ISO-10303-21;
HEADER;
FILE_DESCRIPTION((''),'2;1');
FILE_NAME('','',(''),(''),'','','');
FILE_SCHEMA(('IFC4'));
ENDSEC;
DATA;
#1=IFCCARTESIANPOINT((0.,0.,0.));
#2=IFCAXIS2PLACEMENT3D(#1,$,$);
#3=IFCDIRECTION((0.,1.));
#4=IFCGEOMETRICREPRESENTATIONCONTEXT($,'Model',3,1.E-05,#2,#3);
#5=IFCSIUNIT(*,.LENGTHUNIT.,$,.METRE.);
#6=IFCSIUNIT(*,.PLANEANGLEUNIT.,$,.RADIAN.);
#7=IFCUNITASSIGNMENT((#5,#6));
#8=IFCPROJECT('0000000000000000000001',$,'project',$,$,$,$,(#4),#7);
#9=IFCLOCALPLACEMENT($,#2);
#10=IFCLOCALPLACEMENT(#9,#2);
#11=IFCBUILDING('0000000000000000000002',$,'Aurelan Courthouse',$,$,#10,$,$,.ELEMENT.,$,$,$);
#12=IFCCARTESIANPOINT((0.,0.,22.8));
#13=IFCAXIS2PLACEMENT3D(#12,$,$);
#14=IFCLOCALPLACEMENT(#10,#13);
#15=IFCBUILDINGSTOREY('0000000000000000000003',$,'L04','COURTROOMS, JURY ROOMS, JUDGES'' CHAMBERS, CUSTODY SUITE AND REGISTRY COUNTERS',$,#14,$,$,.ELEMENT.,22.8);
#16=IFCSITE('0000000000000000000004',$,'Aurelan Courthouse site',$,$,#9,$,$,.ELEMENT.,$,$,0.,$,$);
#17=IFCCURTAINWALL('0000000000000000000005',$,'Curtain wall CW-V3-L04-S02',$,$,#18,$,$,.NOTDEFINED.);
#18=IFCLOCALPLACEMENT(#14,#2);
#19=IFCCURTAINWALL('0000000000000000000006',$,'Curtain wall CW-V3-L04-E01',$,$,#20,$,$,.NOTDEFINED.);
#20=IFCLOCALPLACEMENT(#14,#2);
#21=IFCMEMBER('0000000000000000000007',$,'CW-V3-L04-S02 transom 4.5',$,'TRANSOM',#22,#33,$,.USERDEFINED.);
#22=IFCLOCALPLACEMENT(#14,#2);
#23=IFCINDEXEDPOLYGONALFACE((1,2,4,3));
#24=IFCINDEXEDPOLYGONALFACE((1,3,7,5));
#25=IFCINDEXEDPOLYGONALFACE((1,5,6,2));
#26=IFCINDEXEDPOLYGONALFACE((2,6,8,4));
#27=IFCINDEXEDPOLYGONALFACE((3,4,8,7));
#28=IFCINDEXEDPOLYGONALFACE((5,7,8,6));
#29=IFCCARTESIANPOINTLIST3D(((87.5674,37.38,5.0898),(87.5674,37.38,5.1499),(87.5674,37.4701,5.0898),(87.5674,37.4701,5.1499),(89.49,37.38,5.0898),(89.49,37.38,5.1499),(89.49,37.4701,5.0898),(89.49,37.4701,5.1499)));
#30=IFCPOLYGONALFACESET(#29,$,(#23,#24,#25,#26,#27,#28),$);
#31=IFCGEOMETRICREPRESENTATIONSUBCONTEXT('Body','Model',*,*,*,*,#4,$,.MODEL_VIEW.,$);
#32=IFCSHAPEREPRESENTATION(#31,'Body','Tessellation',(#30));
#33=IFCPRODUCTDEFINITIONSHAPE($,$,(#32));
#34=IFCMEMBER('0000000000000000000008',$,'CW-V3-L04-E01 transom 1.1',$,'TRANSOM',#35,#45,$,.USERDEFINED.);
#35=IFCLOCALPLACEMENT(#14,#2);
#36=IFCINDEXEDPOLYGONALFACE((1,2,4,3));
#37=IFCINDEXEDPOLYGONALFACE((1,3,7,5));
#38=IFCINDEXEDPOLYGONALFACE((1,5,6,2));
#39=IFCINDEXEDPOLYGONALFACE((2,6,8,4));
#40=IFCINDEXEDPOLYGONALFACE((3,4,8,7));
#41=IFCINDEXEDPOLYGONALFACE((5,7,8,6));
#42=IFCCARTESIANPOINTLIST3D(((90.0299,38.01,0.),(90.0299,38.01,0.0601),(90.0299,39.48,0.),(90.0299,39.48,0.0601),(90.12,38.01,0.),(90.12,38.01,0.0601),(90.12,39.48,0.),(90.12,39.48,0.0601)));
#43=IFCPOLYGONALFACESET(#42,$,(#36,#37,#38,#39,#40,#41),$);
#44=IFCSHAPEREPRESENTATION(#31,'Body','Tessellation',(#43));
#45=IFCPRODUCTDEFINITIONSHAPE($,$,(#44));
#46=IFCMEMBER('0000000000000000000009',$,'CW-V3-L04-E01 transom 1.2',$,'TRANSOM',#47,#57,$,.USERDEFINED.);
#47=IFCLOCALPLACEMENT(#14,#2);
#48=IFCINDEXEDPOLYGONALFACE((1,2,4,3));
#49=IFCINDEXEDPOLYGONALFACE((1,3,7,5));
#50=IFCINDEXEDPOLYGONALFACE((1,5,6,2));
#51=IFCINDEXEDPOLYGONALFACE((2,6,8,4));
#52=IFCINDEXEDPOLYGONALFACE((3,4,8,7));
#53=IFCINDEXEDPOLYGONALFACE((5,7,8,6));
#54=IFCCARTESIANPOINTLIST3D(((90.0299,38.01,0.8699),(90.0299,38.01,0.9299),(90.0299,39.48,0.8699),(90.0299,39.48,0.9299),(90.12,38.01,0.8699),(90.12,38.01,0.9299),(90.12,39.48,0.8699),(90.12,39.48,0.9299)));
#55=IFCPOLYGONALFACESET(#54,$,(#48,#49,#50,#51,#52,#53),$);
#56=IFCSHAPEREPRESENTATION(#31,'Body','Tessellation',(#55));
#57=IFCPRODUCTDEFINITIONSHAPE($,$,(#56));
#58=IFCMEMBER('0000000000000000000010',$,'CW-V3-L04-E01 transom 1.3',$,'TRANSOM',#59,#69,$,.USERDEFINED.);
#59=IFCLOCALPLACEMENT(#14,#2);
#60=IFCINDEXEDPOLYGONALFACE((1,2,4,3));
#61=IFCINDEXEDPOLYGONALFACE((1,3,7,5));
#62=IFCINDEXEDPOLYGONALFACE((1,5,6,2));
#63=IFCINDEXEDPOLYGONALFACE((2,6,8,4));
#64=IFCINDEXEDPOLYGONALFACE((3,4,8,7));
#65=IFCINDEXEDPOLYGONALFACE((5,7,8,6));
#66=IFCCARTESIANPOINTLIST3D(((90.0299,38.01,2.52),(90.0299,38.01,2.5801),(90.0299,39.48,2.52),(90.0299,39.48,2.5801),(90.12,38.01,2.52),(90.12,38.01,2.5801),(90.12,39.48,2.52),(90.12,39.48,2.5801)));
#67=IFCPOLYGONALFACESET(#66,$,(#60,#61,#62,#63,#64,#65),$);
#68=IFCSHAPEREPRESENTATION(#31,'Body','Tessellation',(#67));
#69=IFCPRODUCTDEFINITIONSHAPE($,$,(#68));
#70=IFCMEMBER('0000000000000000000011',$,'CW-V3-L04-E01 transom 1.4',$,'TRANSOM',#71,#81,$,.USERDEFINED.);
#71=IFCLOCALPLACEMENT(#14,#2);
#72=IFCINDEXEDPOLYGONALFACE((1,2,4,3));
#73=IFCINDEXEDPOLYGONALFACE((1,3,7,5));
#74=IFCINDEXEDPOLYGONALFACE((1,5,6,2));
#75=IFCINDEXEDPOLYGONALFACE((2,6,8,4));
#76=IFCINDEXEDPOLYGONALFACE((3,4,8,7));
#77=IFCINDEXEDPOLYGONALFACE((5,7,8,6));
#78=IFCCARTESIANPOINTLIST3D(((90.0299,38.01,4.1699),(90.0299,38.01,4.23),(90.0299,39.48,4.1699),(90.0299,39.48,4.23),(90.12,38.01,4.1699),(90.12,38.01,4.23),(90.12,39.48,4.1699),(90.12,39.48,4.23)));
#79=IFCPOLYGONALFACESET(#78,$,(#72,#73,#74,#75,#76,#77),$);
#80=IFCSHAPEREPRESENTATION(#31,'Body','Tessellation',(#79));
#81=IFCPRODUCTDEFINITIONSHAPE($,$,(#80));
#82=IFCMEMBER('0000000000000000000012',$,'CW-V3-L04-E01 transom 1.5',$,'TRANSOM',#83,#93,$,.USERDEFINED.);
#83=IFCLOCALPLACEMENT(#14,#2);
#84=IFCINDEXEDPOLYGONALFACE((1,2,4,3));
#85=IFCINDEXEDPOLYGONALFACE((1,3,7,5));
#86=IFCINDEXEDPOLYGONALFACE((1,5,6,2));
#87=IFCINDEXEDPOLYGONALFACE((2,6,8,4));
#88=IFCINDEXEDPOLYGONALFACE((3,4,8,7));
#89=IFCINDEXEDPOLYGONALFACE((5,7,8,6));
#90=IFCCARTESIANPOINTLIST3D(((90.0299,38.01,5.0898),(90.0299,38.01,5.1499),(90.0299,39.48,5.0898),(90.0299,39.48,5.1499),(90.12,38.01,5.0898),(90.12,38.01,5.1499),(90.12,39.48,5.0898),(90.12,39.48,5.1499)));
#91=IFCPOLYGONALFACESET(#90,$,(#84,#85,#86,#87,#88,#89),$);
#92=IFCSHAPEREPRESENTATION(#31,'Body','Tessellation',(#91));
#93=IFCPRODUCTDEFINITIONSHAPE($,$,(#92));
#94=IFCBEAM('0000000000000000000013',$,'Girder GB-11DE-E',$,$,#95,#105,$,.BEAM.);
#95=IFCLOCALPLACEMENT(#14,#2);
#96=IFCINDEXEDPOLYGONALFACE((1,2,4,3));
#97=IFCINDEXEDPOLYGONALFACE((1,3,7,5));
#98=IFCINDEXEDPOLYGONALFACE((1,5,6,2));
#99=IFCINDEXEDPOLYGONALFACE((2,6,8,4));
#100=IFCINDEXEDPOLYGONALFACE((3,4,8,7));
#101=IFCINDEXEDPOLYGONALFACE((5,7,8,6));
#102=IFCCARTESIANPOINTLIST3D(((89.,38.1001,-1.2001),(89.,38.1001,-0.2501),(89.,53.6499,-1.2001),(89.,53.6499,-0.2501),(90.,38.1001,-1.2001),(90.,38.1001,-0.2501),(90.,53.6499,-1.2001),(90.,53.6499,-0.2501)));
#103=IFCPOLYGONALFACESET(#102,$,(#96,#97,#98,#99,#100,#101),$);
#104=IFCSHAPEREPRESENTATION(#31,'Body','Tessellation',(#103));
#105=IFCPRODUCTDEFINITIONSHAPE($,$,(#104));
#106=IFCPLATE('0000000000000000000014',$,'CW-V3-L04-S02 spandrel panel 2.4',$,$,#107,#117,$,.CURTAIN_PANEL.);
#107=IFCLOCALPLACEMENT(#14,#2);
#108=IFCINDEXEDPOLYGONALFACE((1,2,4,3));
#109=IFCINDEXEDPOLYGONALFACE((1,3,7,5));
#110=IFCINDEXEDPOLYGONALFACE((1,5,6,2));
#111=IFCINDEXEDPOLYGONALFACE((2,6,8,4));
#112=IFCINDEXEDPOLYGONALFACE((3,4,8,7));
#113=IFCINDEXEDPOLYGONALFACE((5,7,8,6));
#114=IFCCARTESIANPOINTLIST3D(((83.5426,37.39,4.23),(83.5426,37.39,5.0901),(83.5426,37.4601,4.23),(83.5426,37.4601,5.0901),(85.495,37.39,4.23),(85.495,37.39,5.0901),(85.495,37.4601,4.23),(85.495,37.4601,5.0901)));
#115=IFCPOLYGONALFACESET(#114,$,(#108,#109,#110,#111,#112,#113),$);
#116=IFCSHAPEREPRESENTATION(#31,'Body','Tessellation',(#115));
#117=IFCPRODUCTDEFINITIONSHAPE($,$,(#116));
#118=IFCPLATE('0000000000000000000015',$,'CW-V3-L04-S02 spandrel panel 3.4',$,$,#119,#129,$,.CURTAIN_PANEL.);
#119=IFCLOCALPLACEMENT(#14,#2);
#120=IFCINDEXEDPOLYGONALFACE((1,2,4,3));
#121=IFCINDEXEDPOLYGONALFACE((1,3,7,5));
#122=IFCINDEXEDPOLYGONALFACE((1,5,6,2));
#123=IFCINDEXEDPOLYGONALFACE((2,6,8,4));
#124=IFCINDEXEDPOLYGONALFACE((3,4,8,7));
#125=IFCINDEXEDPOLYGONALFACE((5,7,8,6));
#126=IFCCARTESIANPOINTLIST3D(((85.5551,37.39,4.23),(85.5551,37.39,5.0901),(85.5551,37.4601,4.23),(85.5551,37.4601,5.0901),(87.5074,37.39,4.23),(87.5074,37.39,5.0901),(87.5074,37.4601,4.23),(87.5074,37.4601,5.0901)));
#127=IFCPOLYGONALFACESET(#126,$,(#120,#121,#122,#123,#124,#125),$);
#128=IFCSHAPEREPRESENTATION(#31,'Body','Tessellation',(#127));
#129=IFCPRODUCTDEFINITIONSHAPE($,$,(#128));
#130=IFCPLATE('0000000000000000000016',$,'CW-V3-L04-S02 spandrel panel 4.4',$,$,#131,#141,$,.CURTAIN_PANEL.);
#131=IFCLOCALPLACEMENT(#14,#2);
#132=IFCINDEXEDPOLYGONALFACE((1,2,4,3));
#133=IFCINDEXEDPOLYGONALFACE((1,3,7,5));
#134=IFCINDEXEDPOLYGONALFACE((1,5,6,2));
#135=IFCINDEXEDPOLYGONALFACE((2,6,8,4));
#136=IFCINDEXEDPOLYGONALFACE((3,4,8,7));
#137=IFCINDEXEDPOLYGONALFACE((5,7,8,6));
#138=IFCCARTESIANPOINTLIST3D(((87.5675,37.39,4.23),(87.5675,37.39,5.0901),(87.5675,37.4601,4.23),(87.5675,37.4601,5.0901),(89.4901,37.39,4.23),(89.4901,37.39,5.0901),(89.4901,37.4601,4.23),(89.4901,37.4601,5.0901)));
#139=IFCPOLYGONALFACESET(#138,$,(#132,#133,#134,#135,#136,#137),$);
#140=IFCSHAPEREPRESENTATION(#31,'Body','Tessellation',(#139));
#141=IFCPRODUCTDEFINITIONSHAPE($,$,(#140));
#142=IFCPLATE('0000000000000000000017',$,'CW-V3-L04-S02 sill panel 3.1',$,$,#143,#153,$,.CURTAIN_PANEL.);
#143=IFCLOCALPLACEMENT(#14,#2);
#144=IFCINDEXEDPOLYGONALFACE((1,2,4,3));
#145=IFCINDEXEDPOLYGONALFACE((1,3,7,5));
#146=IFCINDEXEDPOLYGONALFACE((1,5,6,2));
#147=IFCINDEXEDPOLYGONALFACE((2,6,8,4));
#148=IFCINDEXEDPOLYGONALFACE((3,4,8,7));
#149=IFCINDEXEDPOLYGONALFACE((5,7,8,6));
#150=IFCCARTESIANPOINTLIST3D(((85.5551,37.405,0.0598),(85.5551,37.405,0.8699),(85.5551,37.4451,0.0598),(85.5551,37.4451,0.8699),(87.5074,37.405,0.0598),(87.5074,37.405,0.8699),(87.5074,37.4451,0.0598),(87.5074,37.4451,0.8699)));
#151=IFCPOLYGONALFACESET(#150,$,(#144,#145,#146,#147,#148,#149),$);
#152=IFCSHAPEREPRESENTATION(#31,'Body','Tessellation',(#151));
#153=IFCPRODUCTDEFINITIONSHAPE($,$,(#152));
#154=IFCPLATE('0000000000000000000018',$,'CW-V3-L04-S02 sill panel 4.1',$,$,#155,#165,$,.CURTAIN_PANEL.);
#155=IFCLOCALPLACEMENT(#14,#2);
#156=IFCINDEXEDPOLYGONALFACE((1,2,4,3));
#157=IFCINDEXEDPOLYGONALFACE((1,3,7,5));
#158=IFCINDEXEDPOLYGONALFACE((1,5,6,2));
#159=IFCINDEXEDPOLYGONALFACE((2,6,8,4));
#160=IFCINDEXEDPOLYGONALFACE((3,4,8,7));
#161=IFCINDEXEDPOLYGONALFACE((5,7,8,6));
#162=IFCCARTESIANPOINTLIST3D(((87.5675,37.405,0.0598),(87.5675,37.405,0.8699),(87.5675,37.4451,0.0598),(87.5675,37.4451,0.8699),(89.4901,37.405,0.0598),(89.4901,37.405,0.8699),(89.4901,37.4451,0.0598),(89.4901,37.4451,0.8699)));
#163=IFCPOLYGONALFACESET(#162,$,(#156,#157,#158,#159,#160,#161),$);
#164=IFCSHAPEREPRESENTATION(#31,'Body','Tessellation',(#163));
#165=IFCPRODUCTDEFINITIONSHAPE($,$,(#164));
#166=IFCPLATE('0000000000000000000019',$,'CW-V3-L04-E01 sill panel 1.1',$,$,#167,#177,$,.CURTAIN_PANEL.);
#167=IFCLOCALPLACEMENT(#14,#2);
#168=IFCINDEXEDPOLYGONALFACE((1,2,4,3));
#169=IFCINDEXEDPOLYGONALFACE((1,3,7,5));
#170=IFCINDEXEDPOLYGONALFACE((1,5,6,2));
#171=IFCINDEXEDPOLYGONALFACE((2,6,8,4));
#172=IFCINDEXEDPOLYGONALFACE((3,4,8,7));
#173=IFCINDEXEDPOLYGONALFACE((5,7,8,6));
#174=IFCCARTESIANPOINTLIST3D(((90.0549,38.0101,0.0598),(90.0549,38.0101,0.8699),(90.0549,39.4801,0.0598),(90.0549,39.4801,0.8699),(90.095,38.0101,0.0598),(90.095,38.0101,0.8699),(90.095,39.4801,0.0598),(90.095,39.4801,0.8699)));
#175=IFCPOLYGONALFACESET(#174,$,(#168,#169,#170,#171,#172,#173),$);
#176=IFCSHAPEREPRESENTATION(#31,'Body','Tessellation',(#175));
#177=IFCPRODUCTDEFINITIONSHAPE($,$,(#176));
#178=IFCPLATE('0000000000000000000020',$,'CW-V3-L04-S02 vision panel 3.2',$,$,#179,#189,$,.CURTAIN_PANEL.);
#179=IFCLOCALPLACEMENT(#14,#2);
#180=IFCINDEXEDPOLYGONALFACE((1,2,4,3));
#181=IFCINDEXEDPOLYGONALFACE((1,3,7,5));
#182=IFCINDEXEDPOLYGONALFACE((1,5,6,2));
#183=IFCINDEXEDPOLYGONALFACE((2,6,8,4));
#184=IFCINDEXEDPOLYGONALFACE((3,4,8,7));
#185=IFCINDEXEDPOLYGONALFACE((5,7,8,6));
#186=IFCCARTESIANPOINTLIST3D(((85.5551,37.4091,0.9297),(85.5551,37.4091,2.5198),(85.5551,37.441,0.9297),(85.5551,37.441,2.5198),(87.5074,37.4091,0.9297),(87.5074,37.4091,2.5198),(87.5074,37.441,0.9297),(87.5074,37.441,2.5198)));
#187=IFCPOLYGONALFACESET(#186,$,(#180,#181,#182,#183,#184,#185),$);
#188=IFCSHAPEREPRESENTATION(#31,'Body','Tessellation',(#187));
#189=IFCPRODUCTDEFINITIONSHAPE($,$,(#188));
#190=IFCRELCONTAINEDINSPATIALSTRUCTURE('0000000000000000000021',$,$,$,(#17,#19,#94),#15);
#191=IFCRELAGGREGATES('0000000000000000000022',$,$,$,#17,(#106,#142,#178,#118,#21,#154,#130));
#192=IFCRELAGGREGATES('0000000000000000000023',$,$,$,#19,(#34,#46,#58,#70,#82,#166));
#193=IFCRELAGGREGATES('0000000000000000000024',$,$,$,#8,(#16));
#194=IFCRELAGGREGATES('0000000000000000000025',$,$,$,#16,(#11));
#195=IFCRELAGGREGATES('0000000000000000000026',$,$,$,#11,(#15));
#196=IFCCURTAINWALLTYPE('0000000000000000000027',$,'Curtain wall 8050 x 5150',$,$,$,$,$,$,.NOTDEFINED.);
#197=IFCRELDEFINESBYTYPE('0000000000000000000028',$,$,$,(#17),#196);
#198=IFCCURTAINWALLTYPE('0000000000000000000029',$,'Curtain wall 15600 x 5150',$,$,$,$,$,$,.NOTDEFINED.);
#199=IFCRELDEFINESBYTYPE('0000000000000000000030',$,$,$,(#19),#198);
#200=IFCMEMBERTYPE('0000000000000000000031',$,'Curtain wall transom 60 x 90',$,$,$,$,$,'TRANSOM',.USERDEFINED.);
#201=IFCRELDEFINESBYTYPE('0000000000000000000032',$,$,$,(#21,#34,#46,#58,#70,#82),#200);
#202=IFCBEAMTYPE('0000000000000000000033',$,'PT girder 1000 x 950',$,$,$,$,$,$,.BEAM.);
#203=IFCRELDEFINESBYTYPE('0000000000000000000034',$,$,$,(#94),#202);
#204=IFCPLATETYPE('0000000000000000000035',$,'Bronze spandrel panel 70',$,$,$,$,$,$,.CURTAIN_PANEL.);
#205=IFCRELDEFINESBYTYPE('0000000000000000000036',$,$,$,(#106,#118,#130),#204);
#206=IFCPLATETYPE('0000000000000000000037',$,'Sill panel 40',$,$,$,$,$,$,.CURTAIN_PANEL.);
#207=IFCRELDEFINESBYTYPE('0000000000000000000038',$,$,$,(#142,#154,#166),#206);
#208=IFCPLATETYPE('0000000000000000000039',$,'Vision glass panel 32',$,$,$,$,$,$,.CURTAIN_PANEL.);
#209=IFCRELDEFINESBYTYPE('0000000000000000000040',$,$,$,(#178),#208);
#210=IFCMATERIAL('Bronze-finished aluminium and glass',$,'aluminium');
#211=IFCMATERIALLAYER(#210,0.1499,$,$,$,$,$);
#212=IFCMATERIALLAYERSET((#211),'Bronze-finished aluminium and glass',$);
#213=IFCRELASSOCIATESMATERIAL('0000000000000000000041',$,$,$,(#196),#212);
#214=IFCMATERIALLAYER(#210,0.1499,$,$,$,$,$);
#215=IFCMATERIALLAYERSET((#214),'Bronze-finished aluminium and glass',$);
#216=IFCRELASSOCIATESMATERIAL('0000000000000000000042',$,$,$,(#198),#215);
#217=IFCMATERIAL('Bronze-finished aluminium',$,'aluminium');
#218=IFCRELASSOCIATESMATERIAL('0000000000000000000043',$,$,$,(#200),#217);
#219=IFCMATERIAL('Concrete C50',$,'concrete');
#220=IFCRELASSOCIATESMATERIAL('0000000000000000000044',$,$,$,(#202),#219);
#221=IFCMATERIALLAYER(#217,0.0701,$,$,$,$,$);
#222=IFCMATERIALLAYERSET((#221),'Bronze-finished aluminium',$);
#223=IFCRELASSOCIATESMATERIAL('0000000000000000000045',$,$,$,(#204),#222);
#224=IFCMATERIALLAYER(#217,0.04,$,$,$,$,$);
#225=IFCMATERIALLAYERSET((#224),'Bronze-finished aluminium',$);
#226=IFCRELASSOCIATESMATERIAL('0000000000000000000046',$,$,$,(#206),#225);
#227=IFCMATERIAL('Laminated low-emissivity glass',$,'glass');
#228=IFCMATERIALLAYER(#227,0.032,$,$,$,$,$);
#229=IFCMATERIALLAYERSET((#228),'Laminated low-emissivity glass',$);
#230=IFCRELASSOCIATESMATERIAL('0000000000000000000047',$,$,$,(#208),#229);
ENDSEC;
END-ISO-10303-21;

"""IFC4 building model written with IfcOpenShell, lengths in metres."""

from ifc_helpers import new_model, si_unit, direction, frame, origin, origin_2d, place, context, subcontext, project, spatial, rectangle, extrude, material, layer, layer_set, material_profile, profile_set, type_object, element, aggregate, save


model = new_model("IFC4")

# Units and contexts
model_context = context("Model", 3, precision=1e-05, world=origin(), true_north=direction((0.0, 1.0)))
body_context = subcontext(model_context, "Body", "Model", "MODEL_VIEW")
ifc_project = project(units=[si_unit("LENGTHUNIT", "METRE"), si_unit("PLANEANGLEUNIT", "RADIAN")], contexts=[model_context])

# Site, building, storey
site_placement = place(None, origin())
site = spatial("IfcSite", under=ifc_project, at=site_placement, Name="Aurelan Courthouse site", CompositionType="ELEMENT", RefElevation=0.0)
building_placement = place(site_placement, origin())
building = spatial("IfcBuilding", under=site, at=building_placement, Name="Aurelan Courthouse", CompositionType="ELEMENT")
storey_placement = place(building_placement, frame((0.0, 0.0, 22.8)))
storey = spatial("IfcBuildingStorey", under=building, at=storey_placement, Name="L04", Description="COURTROOMS, JURY ROOMS, JUDGES' CHAMBERS, CUSTODY SUITE AND REGISTRY COUNTERS", CompositionType="ELEMENT", Elevation=22.8)

# Shared definitions
ifc_material_1 = material(Name="Concrete C50", Category="concrete")

# Curtain wall
ifc_material_2 = material(Name="Bronze-finished aluminium and glass", Category="aluminium")
ifc_layer_1 = layer(ifc_material_2, 0.1499)
ifc_layer_set_1 = layer_set([ifc_layer_1], Name="Bronze-finished aluminium and glass")
curtain_wall_type_1 = type_object("IfcCurtainWallType", Name="Curtain wall 8050 x 5150", PredefinedType="NOTDEFINED", material=ifc_layer_set_1)
curtain_wall_1_placement = place(storey_placement, origin())
curtain_wall_1 = element("IfcCurtainWall", 1, at=curtain_wall_1_placement, inside=storey, type_object=curtain_wall_type_1, Name="Curtain wall CW-V3-L04-S02", PredefinedType="NOTDEFINED")
ifc_material_3 = material(Name="Bronze-finished aluminium", Category="aluminium")

# Curtain wall
ifc_layer_2 = layer(ifc_material_2, 0.1499)
ifc_layer_set_2 = layer_set([ifc_layer_2], Name="Bronze-finished aluminium and glass")
curtain_wall_type_2 = type_object("IfcCurtainWallType", Name="Curtain wall 15600 x 5150", PredefinedType="NOTDEFINED", material=ifc_layer_set_2)
curtain_wall_2_placement = place(storey_placement, origin())
curtain_wall_2 = element("IfcCurtainWall", 2, at=curtain_wall_2_placement, inside=storey, type_object=curtain_wall_type_2, Name="Curtain wall CW-V3-L04-E01", PredefinedType="NOTDEFINED")

# Members
ifc_material_profile_1 = material_profile(ifc_material_3, rectangle(XDim=0.0901, YDim=0.0601, at=origin_2d()), Name="Bronze transom 60 x 90")
ifc_profile_set_1 = profile_set([ifc_material_profile_1], Name="Bronze-finished aluminium")
member_type_1 = type_object("IfcMemberType", Name="Curtain wall transom 60 x 90", ElementType="TRANSOM", PredefinedType="USERDEFINED", material=ifc_profile_set_1)
member_1_placement = place(storey_placement, frame((87.5674, 37.425, 5.1199), z_axis=(1.0, 0.0, 0.0), x_axis=(0.0, 1.0, 0.0)))
member_1 = element("IfcMember", 3, at=member_1_placement, type_object=member_type_1, Name="CW-V3-L04-S02 transom 4.5", ObjectType="TRANSOM", PredefinedType="USERDEFINED", context=body_context, shape_type="SweptSolid", body=[
    extrude(rectangle(XDim=0.0901, YDim=0.0601, at=origin_2d()), origin(), (0.0, 0.0, 1.0), 1.9226),
])
member_2_placement = place(storey_placement, frame((90.075, 38.01, 0.03), z_axis=(0.0, 1.0, 0.0), x_axis=(-1.0, 0.0, 0.0)))
member_2 = element("IfcMember", 4, at=member_2_placement, type_object=member_type_1, Name="CW-V3-L04-E01 transom 1.1", ObjectType="TRANSOM", PredefinedType="USERDEFINED", context=body_context, shape_type="SweptSolid", body=[
    extrude(rectangle(XDim=0.0901, YDim=0.0601, at=origin_2d()), origin(), (0.0, 0.0, 1.0), 1.47),
])
member_3_placement = place(storey_placement, frame((90.075, 38.01, 0.8999), z_axis=(0.0, 1.0, 0.0), x_axis=(-1.0, 0.0, 0.0)))
member_3 = element("IfcMember", 5, at=member_3_placement, type_object=member_type_1, Name="CW-V3-L04-E01 transom 1.2", ObjectType="TRANSOM", PredefinedType="USERDEFINED", context=body_context, shape_type="SweptSolid", body=[
    extrude(rectangle(XDim=0.0901, YDim=0.0601, at=origin_2d()), origin(), (0.0, 0.0, 1.0), 1.47),
])
member_4_placement = place(storey_placement, frame((90.075, 38.01, 2.55), z_axis=(0.0, 1.0, 0.0), x_axis=(-1.0, 0.0, 0.0)))
member_4 = element("IfcMember", 6, at=member_4_placement, type_object=member_type_1, Name="CW-V3-L04-E01 transom 1.3", ObjectType="TRANSOM", PredefinedType="USERDEFINED", context=body_context, shape_type="SweptSolid", body=[
    extrude(rectangle(XDim=0.0901, YDim=0.0601, at=origin_2d()), origin(), (0.0, 0.0, 1.0), 1.47),
])
member_5_placement = place(storey_placement, frame((90.075, 38.01, 4.2), z_axis=(0.0, 1.0, 0.0), x_axis=(-1.0, 0.0, 0.0)))
member_5 = element("IfcMember", 7, at=member_5_placement, type_object=member_type_1, Name="CW-V3-L04-E01 transom 1.4", ObjectType="TRANSOM", PredefinedType="USERDEFINED", context=body_context, shape_type="SweptSolid", body=[
    extrude(rectangle(XDim=0.0901, YDim=0.0601, at=origin_2d()), origin(), (0.0, 0.0, 1.0), 1.47),
])
member_6_placement = place(storey_placement, frame((90.075, 38.01, 5.1199), z_axis=(0.0, 1.0, 0.0), x_axis=(-1.0, 0.0, 0.0)))
member_6 = element("IfcMember", 8, at=member_6_placement, type_object=member_type_1, Name="CW-V3-L04-E01 transom 1.5", ObjectType="TRANSOM", PredefinedType="USERDEFINED", context=body_context, shape_type="SweptSolid", body=[
    extrude(rectangle(XDim=0.0901, YDim=0.0601, at=origin_2d()), origin(), (0.0, 0.0, 1.0), 1.47),
])

# Beam
ifc_material_profile_2 = material_profile(ifc_material_1, rectangle(XDim=1.0, YDim=0.95, at=origin_2d()), Name="RC 1000 x 950")
ifc_profile_set_2 = profile_set([ifc_material_profile_2], Name="Concrete C50")
beam_type = type_object("IfcBeamType", Name="PT girder 1000 x 950", PredefinedType="BEAM", material=ifc_profile_set_2)
beam_placement = place(storey_placement, frame((89.5, 38.1001, -0.7251), z_axis=(0.0, 1.0, 0.0), x_axis=(-1.0, 0.0, 0.0)))
element("IfcBeam", 9, at=beam_placement, inside=storey, type_object=beam_type, Name="Girder GB-11DE-E", PredefinedType="BEAM", context=body_context, shape_type="SweptSolid", body=[
    extrude(rectangle(XDim=1.0, YDim=0.95, at=origin_2d()), origin(), (0.0, 0.0, 1.0), 15.5498),
])

# Plates
ifc_layer_3 = layer(ifc_material_3, 0.0701)
ifc_layer_set_3 = layer_set([ifc_layer_3], Name="Bronze-finished aluminium")
plate_type_1 = type_object("IfcPlateType", Name="Bronze spandrel panel 70", PredefinedType="CURTAIN_PANEL", material=ifc_layer_set_3)
plate_1_placement = place(storey_placement, frame((84.5188, 37.425, 4.23), z_axis=(0.0, 0.0, 1.0), x_axis=(1.0, 0.0, 0.0)))
plate_1 = element("IfcPlate", 10, at=plate_1_placement, type_object=plate_type_1, Name="CW-V3-L04-S02 spandrel panel 2.4", PredefinedType="CURTAIN_PANEL", context=body_context, shape_type="SweptSolid", body=[
    extrude(rectangle(XDim=1.9524, YDim=0.0701, at=origin_2d()), origin(), (0.0, 0.0, 1.0), 0.8601),
])
plate_2_placement = place(storey_placement, frame((86.5312, 37.425, 4.23), z_axis=(0.0, 0.0, 1.0), x_axis=(1.0, 0.0, 0.0)))
plate_2 = element("IfcPlate", 11, at=plate_2_placement, type_object=plate_type_1, Name="CW-V3-L04-S02 spandrel panel 3.4", PredefinedType="CURTAIN_PANEL", context=body_context, shape_type="SweptSolid", body=[
    extrude(rectangle(XDim=1.9524, YDim=0.0701, at=origin_2d()), origin(), (0.0, 0.0, 1.0), 0.8601),
])
plate_3_placement = place(storey_placement, frame((88.5288, 37.425, 4.23), z_axis=(0.0, 0.0, 1.0), x_axis=(1.0, 0.0, 0.0)))
plate_3 = element("IfcPlate", 12, at=plate_3_placement, type_object=plate_type_1, Name="CW-V3-L04-S02 spandrel panel 4.4", PredefinedType="CURTAIN_PANEL", context=body_context, shape_type="SweptSolid", body=[
    extrude(rectangle(XDim=1.9226, YDim=0.0701, at=origin_2d()), origin(), (0.0, 0.0, 1.0), 0.8601),
])
ifc_layer_4 = layer(ifc_material_3, 0.04)
ifc_layer_set_4 = layer_set([ifc_layer_4], Name="Bronze-finished aluminium")
plate_type_2 = type_object("IfcPlateType", Name="Sill panel 40", PredefinedType="CURTAIN_PANEL", material=ifc_layer_set_4)
plate_4_placement = place(storey_placement, frame((86.5312, 37.425, 0.0598), z_axis=(0.0, 0.0, 1.0), x_axis=(1.0, 0.0, 0.0)))
plate_4 = element("IfcPlate", 13, at=plate_4_placement, type_object=plate_type_2, Name="CW-V3-L04-S02 sill panel 3.1", PredefinedType="CURTAIN_PANEL", context=body_context, shape_type="SweptSolid", body=[
    extrude(rectangle(XDim=1.9524, YDim=0.04, at=origin_2d()), origin(), (0.0, 0.0, 1.0), 0.8101),
])
plate_5_placement = place(storey_placement, frame((88.5288, 37.425, 0.0598), z_axis=(0.0, 0.0, 1.0), x_axis=(1.0, 0.0, 0.0)))
plate_5 = element("IfcPlate", 14, at=plate_5_placement, type_object=plate_type_2, Name="CW-V3-L04-S02 sill panel 4.1", PredefinedType="CURTAIN_PANEL", context=body_context, shape_type="SweptSolid", body=[
    extrude(rectangle(XDim=1.9226, YDim=0.04, at=origin_2d()), origin(), (0.0, 0.0, 1.0), 0.8101),
])
plate_6_placement = place(storey_placement, frame((90.075, 38.7451, 0.0598), z_axis=(0.0, 0.0, 1.0), x_axis=(0.0, 1.0, 0.0)))
plate_6 = element("IfcPlate", 15, at=plate_6_placement, type_object=plate_type_2, Name="CW-V3-L04-E01 sill panel 1.1", PredefinedType="CURTAIN_PANEL", context=body_context, shape_type="SweptSolid", body=[
    extrude(rectangle(XDim=1.47, YDim=0.04, at=origin_2d()), origin(), (0.0, 0.0, 1.0), 0.8101),
])
ifc_material_4 = material(Name="Laminated low-emissivity glass", Category="glass")
ifc_layer_5 = layer(ifc_material_4, 0.032)
ifc_layer_set_5 = layer_set([ifc_layer_5], Name="Laminated low-emissivity glass")
plate_type_3 = type_object("IfcPlateType", Name="Vision glass panel 32", PredefinedType="CURTAIN_PANEL", material=ifc_layer_set_5)
plate_7_placement = place(storey_placement, frame((86.5312, 37.425, 0.9297), z_axis=(0.0, 0.0, 1.0), x_axis=(1.0, 0.0, 0.0)))
plate_7 = element("IfcPlate", 16, at=plate_7_placement, type_object=plate_type_3, Name="CW-V3-L04-S02 vision panel 3.2", PredefinedType="CURTAIN_PANEL", context=body_context, shape_type="SweptSolid", body=[
    extrude(rectangle(XDim=1.9524, YDim=0.032, at=origin_2d()), origin(), (0.0, 0.0, 1.0), 1.5901),
])
aggregate(curtain_wall_1, [plate_1, plate_4, plate_7, plate_2, member_1, plate_5, plate_3])
aggregate(curtain_wall_2, [member_2, member_3, member_4, member_5, member_6, plate_6])

save(model, "model.ifc")
